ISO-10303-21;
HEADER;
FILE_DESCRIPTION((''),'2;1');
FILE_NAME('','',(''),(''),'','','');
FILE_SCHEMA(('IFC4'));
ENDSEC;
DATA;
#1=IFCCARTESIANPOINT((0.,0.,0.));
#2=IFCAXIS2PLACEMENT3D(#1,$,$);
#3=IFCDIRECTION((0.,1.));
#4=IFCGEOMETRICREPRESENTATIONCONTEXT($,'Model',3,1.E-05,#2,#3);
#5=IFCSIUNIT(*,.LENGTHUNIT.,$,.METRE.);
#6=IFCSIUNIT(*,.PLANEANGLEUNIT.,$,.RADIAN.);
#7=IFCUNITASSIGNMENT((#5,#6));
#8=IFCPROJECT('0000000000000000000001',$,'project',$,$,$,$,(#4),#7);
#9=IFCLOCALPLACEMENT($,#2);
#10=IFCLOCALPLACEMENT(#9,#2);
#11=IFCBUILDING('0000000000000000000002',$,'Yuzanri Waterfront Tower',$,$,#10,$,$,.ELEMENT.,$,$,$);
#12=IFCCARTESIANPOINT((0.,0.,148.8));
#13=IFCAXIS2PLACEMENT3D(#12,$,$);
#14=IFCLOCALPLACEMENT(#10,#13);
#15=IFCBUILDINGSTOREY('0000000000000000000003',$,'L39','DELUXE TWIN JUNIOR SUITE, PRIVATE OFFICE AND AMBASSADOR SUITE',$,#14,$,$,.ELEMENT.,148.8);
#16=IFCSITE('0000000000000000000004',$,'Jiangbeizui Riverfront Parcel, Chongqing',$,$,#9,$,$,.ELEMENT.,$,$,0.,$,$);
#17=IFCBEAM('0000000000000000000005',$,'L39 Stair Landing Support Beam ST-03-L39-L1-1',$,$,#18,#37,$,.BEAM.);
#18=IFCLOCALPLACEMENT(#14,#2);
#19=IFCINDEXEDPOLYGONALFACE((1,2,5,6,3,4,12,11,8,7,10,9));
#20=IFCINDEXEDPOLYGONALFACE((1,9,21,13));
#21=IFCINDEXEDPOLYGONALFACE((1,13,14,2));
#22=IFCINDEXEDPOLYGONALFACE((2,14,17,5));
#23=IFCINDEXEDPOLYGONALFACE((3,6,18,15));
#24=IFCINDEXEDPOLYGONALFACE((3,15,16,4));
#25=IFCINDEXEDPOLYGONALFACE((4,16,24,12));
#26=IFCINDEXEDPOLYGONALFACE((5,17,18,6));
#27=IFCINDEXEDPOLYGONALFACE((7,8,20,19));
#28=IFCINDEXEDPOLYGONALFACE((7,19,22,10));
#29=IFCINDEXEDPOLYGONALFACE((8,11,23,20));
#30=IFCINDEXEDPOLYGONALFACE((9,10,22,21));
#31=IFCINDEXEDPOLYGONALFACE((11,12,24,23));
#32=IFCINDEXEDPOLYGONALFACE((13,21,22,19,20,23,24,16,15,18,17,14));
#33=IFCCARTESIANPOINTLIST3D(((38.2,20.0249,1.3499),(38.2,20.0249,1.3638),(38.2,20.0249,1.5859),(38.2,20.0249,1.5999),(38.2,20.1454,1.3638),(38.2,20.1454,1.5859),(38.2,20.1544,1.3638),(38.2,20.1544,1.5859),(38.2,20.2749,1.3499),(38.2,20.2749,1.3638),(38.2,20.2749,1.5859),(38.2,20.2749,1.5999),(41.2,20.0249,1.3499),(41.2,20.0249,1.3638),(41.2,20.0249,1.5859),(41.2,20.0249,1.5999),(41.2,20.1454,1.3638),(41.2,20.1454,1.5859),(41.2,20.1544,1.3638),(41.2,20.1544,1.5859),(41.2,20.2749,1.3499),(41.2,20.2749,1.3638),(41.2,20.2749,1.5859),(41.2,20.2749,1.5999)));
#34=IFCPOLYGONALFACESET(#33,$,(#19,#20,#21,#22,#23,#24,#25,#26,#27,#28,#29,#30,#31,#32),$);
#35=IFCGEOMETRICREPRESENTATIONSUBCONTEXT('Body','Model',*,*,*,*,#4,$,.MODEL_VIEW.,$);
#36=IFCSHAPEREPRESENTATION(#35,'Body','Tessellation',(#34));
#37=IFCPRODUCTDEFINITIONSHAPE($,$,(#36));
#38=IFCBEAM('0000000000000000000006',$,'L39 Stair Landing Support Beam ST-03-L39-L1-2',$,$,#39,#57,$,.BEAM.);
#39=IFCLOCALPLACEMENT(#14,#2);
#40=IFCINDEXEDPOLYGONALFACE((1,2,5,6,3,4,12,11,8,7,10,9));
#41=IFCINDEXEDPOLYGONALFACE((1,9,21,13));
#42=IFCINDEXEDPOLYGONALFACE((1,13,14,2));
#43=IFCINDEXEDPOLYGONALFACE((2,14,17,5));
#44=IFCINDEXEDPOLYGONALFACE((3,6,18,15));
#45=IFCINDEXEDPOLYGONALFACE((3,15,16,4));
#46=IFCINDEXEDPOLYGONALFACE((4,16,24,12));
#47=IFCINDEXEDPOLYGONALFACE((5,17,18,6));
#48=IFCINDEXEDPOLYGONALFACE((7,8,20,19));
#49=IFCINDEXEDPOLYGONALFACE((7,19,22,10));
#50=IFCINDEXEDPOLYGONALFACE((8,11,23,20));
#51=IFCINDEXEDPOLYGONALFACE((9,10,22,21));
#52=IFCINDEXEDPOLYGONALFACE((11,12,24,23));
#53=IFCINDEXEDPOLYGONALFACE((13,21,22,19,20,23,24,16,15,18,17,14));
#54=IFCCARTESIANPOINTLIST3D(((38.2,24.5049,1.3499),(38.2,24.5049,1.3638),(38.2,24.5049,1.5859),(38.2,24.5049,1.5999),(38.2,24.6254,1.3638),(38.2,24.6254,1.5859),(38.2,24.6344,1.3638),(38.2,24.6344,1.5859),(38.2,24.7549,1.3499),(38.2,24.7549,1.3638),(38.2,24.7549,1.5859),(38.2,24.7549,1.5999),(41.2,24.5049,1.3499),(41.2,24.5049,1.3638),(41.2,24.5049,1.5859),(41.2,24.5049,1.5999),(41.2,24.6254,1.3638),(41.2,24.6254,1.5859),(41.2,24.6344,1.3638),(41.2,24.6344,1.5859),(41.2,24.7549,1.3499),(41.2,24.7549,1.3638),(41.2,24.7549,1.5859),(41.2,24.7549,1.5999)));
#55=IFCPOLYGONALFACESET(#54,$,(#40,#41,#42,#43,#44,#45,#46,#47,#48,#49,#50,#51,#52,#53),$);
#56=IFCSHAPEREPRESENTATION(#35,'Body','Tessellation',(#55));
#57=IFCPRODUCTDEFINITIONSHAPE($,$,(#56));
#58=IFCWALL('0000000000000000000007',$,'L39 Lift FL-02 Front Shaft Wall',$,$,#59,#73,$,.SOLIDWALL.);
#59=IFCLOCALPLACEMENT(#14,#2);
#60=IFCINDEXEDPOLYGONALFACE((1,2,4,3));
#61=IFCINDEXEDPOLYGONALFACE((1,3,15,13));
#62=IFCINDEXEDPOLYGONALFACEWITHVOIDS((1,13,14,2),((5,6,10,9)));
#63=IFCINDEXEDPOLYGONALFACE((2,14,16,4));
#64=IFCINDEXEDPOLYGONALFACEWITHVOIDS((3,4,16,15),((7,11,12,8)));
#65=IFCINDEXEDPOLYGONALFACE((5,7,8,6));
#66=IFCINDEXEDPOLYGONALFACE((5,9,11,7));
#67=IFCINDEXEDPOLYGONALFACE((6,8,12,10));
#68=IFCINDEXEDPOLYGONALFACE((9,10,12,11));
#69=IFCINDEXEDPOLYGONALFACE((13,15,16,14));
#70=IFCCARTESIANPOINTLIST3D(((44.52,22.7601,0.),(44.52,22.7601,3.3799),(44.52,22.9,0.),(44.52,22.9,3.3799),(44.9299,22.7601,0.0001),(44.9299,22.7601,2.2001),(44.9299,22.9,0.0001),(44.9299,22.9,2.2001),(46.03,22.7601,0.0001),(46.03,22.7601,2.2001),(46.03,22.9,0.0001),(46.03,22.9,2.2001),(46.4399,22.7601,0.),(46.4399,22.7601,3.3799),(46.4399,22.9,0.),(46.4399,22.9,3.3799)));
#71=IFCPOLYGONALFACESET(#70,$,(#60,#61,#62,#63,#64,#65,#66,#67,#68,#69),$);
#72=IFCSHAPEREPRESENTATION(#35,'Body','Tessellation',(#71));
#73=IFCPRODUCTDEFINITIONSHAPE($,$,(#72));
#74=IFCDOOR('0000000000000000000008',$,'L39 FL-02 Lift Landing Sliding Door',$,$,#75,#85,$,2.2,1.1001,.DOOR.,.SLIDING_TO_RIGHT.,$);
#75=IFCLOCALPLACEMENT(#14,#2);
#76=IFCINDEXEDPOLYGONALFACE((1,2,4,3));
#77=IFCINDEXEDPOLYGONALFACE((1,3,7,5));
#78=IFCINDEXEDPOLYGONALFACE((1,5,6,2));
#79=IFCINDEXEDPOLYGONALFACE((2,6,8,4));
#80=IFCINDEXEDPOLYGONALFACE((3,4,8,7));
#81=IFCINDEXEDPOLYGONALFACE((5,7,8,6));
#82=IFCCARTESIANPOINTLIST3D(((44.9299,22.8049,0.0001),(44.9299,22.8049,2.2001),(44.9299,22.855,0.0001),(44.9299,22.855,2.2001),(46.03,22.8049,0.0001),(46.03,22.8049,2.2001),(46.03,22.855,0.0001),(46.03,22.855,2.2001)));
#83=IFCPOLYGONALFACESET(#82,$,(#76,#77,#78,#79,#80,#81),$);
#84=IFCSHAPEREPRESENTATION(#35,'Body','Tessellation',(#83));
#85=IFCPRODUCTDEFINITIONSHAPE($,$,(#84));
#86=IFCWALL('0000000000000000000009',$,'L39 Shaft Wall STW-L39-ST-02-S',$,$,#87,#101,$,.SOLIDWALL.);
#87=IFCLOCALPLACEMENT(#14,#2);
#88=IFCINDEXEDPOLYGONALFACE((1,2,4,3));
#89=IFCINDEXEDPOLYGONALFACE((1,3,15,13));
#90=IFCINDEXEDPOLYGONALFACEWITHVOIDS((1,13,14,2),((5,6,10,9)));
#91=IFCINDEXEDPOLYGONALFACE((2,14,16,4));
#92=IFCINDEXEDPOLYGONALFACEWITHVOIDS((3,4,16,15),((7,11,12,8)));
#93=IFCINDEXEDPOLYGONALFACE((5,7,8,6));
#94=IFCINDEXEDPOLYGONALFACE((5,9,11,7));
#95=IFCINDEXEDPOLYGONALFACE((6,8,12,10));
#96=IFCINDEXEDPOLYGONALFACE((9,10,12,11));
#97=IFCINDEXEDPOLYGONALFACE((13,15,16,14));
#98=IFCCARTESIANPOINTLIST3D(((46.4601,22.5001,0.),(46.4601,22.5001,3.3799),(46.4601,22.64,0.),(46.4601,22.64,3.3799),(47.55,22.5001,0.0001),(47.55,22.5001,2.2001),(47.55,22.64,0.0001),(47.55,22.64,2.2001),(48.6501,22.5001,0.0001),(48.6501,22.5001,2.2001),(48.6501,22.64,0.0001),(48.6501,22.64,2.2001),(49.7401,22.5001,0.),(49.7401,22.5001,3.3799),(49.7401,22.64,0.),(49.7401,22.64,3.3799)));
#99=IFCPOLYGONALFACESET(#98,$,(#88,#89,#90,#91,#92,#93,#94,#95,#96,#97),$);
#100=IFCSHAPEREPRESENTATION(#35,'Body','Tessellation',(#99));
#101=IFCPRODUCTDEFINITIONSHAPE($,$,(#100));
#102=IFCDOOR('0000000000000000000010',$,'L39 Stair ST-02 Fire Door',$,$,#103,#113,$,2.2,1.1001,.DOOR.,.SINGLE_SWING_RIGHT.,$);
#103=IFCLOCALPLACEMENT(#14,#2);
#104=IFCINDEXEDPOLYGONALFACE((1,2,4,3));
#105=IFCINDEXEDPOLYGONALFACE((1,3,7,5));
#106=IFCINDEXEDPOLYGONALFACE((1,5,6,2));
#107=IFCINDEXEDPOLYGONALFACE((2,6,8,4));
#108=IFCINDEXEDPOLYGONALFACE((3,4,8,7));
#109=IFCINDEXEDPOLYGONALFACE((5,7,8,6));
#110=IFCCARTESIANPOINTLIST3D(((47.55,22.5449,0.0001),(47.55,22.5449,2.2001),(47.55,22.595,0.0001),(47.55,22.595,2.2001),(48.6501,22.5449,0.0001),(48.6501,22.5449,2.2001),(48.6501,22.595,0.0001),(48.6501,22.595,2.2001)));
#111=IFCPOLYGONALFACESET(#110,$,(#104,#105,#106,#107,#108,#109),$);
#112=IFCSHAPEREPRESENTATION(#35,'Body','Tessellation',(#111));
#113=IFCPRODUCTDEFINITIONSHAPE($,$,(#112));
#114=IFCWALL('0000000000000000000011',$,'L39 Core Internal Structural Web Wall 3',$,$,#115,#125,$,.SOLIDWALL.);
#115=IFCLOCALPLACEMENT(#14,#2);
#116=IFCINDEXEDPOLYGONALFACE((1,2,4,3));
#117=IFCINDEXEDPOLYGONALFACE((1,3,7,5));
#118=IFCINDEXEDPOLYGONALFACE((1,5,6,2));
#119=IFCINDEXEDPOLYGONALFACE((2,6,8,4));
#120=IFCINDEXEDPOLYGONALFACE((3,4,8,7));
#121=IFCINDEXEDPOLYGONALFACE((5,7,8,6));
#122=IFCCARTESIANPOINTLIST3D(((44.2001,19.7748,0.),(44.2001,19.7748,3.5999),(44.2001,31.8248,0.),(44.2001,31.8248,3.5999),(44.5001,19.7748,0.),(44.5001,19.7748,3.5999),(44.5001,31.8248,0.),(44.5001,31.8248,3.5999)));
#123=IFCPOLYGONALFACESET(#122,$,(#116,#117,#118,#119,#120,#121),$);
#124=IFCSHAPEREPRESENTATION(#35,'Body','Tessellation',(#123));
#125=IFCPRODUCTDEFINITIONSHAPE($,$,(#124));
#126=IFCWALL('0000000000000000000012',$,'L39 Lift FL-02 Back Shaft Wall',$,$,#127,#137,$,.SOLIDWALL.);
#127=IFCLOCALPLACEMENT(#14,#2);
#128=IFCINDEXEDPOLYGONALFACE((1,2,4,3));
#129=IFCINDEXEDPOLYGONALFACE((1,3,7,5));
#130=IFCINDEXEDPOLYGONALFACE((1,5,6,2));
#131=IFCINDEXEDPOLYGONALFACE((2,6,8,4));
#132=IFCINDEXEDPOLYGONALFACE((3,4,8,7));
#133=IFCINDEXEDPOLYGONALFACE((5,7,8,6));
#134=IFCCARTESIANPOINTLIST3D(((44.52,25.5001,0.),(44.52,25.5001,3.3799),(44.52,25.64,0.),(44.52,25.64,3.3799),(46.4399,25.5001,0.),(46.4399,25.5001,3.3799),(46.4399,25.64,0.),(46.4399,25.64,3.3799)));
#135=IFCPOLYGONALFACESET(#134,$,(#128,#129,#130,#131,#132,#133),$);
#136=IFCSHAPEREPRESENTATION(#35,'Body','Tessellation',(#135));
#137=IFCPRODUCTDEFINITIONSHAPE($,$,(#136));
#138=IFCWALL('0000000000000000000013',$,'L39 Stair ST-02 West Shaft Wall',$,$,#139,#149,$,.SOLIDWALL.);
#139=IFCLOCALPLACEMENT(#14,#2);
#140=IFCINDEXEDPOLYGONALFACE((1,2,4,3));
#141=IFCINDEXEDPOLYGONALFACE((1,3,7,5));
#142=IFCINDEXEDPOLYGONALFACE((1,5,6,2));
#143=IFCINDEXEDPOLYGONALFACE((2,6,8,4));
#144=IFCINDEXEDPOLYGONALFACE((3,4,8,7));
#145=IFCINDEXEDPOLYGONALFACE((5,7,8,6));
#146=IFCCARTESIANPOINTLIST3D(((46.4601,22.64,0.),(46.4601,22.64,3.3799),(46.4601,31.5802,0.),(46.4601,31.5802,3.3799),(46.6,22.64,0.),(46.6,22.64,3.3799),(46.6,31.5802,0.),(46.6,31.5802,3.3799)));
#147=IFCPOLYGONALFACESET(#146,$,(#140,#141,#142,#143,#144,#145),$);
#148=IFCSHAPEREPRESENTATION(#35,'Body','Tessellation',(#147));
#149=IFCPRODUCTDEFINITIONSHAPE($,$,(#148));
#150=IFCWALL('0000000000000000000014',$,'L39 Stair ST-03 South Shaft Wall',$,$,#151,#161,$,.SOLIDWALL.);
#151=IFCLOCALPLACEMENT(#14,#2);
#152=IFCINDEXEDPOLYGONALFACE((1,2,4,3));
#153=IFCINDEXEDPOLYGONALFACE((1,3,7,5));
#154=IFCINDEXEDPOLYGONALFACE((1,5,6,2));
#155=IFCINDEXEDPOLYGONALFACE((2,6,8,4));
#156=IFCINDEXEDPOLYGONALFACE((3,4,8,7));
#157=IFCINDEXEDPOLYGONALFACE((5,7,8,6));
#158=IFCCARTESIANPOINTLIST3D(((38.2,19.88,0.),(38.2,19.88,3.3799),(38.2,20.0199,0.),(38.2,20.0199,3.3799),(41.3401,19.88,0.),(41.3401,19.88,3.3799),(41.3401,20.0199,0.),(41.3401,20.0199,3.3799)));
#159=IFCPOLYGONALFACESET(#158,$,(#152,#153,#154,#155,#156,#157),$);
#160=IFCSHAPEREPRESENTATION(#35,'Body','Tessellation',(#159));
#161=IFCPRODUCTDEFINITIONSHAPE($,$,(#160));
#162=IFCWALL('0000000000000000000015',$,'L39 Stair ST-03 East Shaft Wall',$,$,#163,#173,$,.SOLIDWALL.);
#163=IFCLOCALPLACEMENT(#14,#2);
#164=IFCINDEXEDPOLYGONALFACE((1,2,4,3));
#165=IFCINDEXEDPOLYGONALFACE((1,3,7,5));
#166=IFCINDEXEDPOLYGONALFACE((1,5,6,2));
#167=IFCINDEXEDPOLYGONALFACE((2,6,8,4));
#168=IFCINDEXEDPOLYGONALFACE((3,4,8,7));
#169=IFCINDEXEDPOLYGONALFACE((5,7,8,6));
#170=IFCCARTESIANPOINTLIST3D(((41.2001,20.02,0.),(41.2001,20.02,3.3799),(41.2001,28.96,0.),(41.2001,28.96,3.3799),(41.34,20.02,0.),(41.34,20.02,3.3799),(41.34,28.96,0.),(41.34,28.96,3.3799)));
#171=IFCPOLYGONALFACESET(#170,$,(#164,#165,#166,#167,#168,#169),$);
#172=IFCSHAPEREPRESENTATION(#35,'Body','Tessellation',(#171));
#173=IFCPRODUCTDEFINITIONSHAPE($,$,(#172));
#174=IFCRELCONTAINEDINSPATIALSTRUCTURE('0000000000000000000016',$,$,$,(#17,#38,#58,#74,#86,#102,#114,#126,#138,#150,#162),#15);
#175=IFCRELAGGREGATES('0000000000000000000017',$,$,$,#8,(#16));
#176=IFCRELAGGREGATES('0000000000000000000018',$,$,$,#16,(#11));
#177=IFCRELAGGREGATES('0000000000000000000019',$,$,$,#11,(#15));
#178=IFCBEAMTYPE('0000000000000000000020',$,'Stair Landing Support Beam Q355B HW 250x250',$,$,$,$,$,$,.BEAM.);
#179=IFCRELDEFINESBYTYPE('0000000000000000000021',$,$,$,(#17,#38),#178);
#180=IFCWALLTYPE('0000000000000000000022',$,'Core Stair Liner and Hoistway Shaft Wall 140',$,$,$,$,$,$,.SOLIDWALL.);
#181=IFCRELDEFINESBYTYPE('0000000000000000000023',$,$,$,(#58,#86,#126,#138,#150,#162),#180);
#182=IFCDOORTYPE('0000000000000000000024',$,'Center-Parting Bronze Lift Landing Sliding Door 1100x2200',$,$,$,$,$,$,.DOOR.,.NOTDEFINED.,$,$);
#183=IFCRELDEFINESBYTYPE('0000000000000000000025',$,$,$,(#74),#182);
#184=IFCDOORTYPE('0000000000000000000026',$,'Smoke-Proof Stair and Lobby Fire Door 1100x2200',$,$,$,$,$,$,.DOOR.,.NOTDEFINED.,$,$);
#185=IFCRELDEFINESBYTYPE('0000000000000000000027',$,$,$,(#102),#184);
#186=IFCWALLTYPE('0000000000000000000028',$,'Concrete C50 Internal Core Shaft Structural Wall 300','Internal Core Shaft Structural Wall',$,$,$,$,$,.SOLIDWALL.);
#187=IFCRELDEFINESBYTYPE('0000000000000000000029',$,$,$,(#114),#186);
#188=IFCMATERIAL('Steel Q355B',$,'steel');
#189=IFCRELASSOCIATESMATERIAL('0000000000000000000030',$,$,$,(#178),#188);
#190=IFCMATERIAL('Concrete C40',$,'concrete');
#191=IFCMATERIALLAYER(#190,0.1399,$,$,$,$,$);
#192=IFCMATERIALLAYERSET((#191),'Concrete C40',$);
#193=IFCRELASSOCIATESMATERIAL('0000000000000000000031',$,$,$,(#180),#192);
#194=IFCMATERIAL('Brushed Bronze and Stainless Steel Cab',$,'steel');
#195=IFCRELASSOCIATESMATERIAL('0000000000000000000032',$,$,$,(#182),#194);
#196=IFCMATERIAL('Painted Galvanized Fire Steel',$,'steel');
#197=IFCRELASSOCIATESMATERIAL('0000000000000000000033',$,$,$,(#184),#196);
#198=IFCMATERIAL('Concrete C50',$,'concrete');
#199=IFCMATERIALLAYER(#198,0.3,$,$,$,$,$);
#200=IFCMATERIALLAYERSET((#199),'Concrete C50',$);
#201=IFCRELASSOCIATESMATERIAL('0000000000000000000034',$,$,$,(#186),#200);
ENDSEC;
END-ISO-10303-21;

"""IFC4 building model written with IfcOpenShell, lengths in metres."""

from ifc_helpers import new_model, si_unit, direction, frame, frame_2d, origin, origin_2d, place, context, subcontext, project, spatial, rectangle, i_section, extrude, source, transform, mapped, material, layer, layer_set, material_profile, profile_set, type_object, element, fill, save


model = new_model("IFC4")

# Units and contexts
model_context = context("Model", 3, precision=1e-05, world=origin(), true_north=direction((0.0, 1.0)))
body_context = subcontext(model_context, "Body", "Model", "MODEL_VIEW")
ifc_project = project(units=[si_unit("LENGTHUNIT", "METRE"), si_unit("PLANEANGLEUNIT", "RADIAN")], contexts=[model_context])

# Site, building, storey
site_placement = place(None, origin())
site = spatial("IfcSite", under=ifc_project, at=site_placement, Name="Jiangbeizui Riverfront Parcel, Chongqing", CompositionType="ELEMENT", RefElevation=0.0)
building_placement = place(site_placement, origin())
building = spatial("IfcBuilding", under=site, at=building_placement, Name="Yuzanri Waterfront Tower", CompositionType="ELEMENT")
storey_placement = place(building_placement, frame((0.0, 0.0, 148.8)))
storey = spatial("IfcBuildingStorey", under=building, at=storey_placement, Name="L39", Description="DELUXE TWIN JUNIOR SUITE, PRIVATE OFFICE AND AMBASSADOR SUITE", CompositionType="ELEMENT", Elevation=148.8)

# Beams
ifc_material_1 = material(Name="Steel Q355B", Category="steel")
ifc_material_profile = material_profile(ifc_material_1, i_section(OverallWidth=0.25, OverallDepth=0.25, WebThickness=0.009, FlangeThickness=0.0139, at=origin_2d()), Name="HW 250x250x9x14")
ifc_profile_set = profile_set([ifc_material_profile], Name="Steel Q355B")
beam_type = type_object("IfcBeamType", Name="Stair Landing Support Beam Q355B HW 250x250", PredefinedType="BEAM", material=ifc_profile_set)
shared_shape_1 = source(origin(), body_context, "Body", "SweptSolid", [
    extrude(i_section(OverallWidth=0.25, OverallDepth=0.25, WebThickness=0.009, FlangeThickness=0.0139, at=origin_2d()), origin(), (0.0, 0.0, 1.0), 3.0),
])
for number, where, z_axis, x_axis, name in (
    (1, (38.2, 20.1499, 1.4749), (1.0, 0.0, 0.0), (0.0, 1.0, 0.0), "L39 Stair Landing Support Beam ST-03-L39-L1-1"),
    (2, (38.2, 24.6299, 1.4749), (1.0, 0.0, 0.0), (0.0, 1.0, 0.0), "L39 Stair Landing Support Beam ST-03-L39-L1-2"),
):
    element("IfcBeam", number, at=place(storey_placement, frame(where, z_axis=z_axis, x_axis=x_axis)), inside=storey, type_object=beam_type, Name=name, PredefinedType="BEAM", context=body_context, shape_type="MappedRepresentation", body=[
        mapped(shared_shape_1, transform((0.0, 0.0, 0.0), scale=1.0)),
    ])

# Walls, openings, doors
ifc_material_2 = material(Name="Concrete C40", Category="concrete")
ifc_layer_1 = layer(ifc_material_2, 0.1399)
ifc_layer_set_1 = layer_set([ifc_layer_1], Name="Concrete C40")
wall_type_1 = type_object("IfcWallType", Name="Core Stair Liner and Hoistway Shaft Wall 140", PredefinedType="SOLIDWALL", material=ifc_layer_set_1)
wall_1_placement = place(storey_placement, frame((44.52, 22.8301, 0.0), z_axis=(0.0, 0.0, 1.0), x_axis=(1.0, 0.0, 0.0)))
wall_1 = element("IfcWall", 3, at=wall_1_placement, inside=storey, type_object=wall_type_1, Name="L39 Lift FL-02 Front Shaft Wall", PredefinedType="SOLIDWALL", context=body_context, shape_type="SweptSolid", body=[
    extrude(rectangle(XDim=1.9199, YDim=0.1399, at=frame_2d((0.96, 0.0))), origin(), (0.0, 0.0, 1.0), 3.3799),
])
opening_1_placement = place(wall_1_placement, frame((0.4099, 0.0, 0.0)))
opening_1 = element("IfcOpeningElement", 4, at=opening_1_placement, cuts=wall_1, PredefinedType="OPENING", context=body_context, shape_type="SweptSolid", body=[
    extrude(rectangle(XDim=1.1001, YDim=2.2, at=frame_2d((0.55, 1.1001))), frame((0.0, 0.085, 0.0), z_axis=(0.0, -1.0, 0.0), x_axis=(1.0, 0.0, 0.0)), (0.0, 0.0, 1.0), 0.1697),
])
ifc_material_3 = material(Name="Brushed Bronze and Stainless Steel Cab", Category="steel")
door_type_1 = type_object("IfcDoorType", Name="Center-Parting Bronze Lift Landing Sliding Door 1100x2200", OperationType="NOTDEFINED", PredefinedType="DOOR", material=ifc_material_3)
shared_shape_2 = source(origin(), body_context, "Body", "SweptSolid", [
    extrude(rectangle(XDim=1.1001, YDim=2.2, at=frame_2d((0.55, 1.1001))), frame((0.0, 0.0249, 0.0), z_axis=(0.0, -1.0, 0.0), x_axis=(1.0, 0.0, 0.0)), (0.0, 0.0, 1.0), 0.05),
])
door_1_placement = place(opening_1_placement, origin())
door_1 = element("IfcDoor", 5, at=door_1_placement, inside=storey, type_object=door_type_1, Name="L39 FL-02 Lift Landing Sliding Door", OperationType="SLIDING_TO_RIGHT", OverallHeight=2.2, OverallWidth=1.1001, PredefinedType="DOOR", context=body_context, shape_type="MappedRepresentation", body=[
    mapped(shared_shape_2, transform((0.0, 0.0, 0.0), scale=1.0)),
])
fill(opening_1, door_1)
wall_2_placement = place(storey_placement, frame((46.46, 22.5701, 0.0), z_axis=(0.0, 0.0, 1.0), x_axis=(1.0, 0.0, 0.0)))
wall_2 = element("IfcWall", 6, at=wall_2_placement, inside=storey, type_object=wall_type_1, Name="L39 Shaft Wall STW-L39-ST-02-S", PredefinedType="SOLIDWALL", context=body_context, shape_type="SweptSolid", body=[
    extrude(rectangle(XDim=3.28, YDim=0.1399, at=frame_2d((1.6401, 0.0))), origin(), (0.0, 0.0, 1.0), 3.3799),
])
opening_2_placement = place(wall_2_placement, frame((1.0901, 0.0, 0.0)))
opening_2 = element("IfcOpeningElement", 7, at=opening_2_placement, cuts=wall_2, PredefinedType="OPENING", context=body_context, shape_type="SweptSolid", body=[
    extrude(rectangle(XDim=1.1001, YDim=2.2, at=frame_2d((0.55, 1.1001))), frame((0.0, 0.085, 0.0), z_axis=(0.0, -1.0, 0.0), x_axis=(1.0, 0.0, 0.0)), (0.0, 0.0, 1.0), 0.1697),
])
ifc_material_4 = material(Name="Painted Galvanized Fire Steel", Category="steel")
door_type_2 = type_object("IfcDoorType", Name="Smoke-Proof Stair and Lobby Fire Door 1100x2200", OperationType="NOTDEFINED", PredefinedType="DOOR", material=ifc_material_4)
shared_shape_3 = source(origin(), body_context, "Body", "SweptSolid", [
    extrude(rectangle(XDim=1.1001, YDim=2.2, at=frame_2d((0.55, 1.1001))), frame((0.0, 0.0249, 0.0), z_axis=(0.0, -1.0, 0.0), x_axis=(1.0, 0.0, 0.0)), (0.0, 0.0, 1.0), 0.05),
])
door_2_placement = place(opening_2_placement, origin())
door_2 = element("IfcDoor", 8, at=door_2_placement, inside=storey, type_object=door_type_2, Name="L39 Stair ST-02 Fire Door", OperationType="SINGLE_SWING_RIGHT", OverallHeight=2.2, OverallWidth=1.1001, PredefinedType="DOOR", context=body_context, shape_type="MappedRepresentation", body=[
    mapped(shared_shape_3, transform((0.0, 0.0, 0.0), scale=1.0)),
])
fill(opening_2, door_2)

# Walls
ifc_material_5 = material(Name="Concrete C50", Category="concrete")
ifc_layer_2 = layer(ifc_material_5, 0.3)
ifc_layer_set_2 = layer_set([ifc_layer_2], Name="Concrete C50")
wall_type_2 = type_object("IfcWallType", Name="Concrete C50 Internal Core Shaft Structural Wall 300", Description="Internal Core Shaft Structural Wall", PredefinedType="SOLIDWALL", material=ifc_layer_set_2)
shared_shape_4 = source(origin(), body_context, "Body", "SweptSolid", [
    extrude(rectangle(XDim=12.05, YDim=0.3, at=frame_2d((6.0249, 0.0))), origin(), (0.0, 0.0, 1.0), 3.5999),
])
wall_3_placement = place(storey_placement, frame((44.3501, 19.7749, 0.0), z_axis=(0.0, 0.0, 1.0), x_axis=(0.0, 1.0, 0.0)))
element("IfcWall", 9, at=wall_3_placement, inside=storey, type_object=wall_type_2, Name="L39 Core Internal Structural Web Wall 3", PredefinedType="SOLIDWALL", context=body_context, shape_type="MappedRepresentation", body=[
    mapped(shared_shape_4, transform((0.0, 0.0, 0.0), scale=1.0)),
])
shared_shape_5 = source(origin(), body_context, "Body", "SweptSolid", [
    extrude(rectangle(XDim=1.9199, YDim=0.1399, at=frame_2d((0.96, 0.0))), origin(), (0.0, 0.0, 1.0), 3.3799),
])
wall_4_placement = place(storey_placement, frame((44.52, 25.5701, 0.0), z_axis=(0.0, 0.0, 1.0), x_axis=(1.0, 0.0, 0.0)))
element("IfcWall", 10, at=wall_4_placement, inside=storey, type_object=wall_type_1, Name="L39 Lift FL-02 Back Shaft Wall", PredefinedType="SOLIDWALL", context=body_context, shape_type="MappedRepresentation", body=[
    mapped(shared_shape_5, transform((0.0, 0.0, 0.0), scale=1.0)),
])
shared_shape_6 = source(origin(), body_context, "Body", "SweptSolid", [
    extrude(rectangle(XDim=8.9402, YDim=0.1399, at=frame_2d((4.4702, 0.0))), origin(), (0.0, 0.0, 1.0), 3.3799),
])
wall_5_placement = place(storey_placement, frame((46.53, 22.6399, 0.0), z_axis=(0.0, 0.0, 1.0), x_axis=(0.0, 1.0, 0.0)))
element("IfcWall", 11, at=wall_5_placement, inside=storey, type_object=wall_type_1, Name="L39 Stair ST-02 West Shaft Wall", PredefinedType="SOLIDWALL", context=body_context, shape_type="MappedRepresentation", body=[
    mapped(shared_shape_6, transform((0.0, 0.0, 0.0), scale=1.0)),
])
shared_shape_7 = source(origin(), body_context, "Body", "SweptSolid", [
    extrude(rectangle(XDim=3.1401, YDim=0.1399, at=frame_2d((1.5701, 0.0))), origin(), (0.0, 0.0, 1.0), 3.3799),
])
wall_6_placement = place(storey_placement, frame((38.2, 19.95, 0.0), z_axis=(0.0, 0.0, 1.0), x_axis=(1.0, 0.0, 0.0)))
element("IfcWall", 12, at=wall_6_placement, inside=storey, type_object=wall_type_1, Name="L39 Stair ST-03 South Shaft Wall", PredefinedType="SOLIDWALL", context=body_context, shape_type="MappedRepresentation", body=[
    mapped(shared_shape_7, transform((0.0, 0.0, 0.0), scale=1.0)),
])
shared_shape_8 = source(origin(), body_context, "Body", "SweptSolid", [
    extrude(rectangle(XDim=8.9399, YDim=0.1399, at=frame_2d((4.47, 0.0))), origin(), (0.0, 0.0, 1.0), 3.3799),
])
wall_7_placement = place(storey_placement, frame((41.27, 20.02, 0.0), z_axis=(0.0, 0.0, 1.0), x_axis=(0.0, 1.0, 0.0)))
element("IfcWall", 13, at=wall_7_placement, inside=storey, type_object=wall_type_1, Name="L39 Stair ST-03 East Shaft Wall", PredefinedType="SOLIDWALL", context=body_context, shape_type="MappedRepresentation", body=[
    mapped(shared_shape_8, transform((0.0, 0.0, 0.0), scale=1.0)),
])

save(model, "model.ifc")
